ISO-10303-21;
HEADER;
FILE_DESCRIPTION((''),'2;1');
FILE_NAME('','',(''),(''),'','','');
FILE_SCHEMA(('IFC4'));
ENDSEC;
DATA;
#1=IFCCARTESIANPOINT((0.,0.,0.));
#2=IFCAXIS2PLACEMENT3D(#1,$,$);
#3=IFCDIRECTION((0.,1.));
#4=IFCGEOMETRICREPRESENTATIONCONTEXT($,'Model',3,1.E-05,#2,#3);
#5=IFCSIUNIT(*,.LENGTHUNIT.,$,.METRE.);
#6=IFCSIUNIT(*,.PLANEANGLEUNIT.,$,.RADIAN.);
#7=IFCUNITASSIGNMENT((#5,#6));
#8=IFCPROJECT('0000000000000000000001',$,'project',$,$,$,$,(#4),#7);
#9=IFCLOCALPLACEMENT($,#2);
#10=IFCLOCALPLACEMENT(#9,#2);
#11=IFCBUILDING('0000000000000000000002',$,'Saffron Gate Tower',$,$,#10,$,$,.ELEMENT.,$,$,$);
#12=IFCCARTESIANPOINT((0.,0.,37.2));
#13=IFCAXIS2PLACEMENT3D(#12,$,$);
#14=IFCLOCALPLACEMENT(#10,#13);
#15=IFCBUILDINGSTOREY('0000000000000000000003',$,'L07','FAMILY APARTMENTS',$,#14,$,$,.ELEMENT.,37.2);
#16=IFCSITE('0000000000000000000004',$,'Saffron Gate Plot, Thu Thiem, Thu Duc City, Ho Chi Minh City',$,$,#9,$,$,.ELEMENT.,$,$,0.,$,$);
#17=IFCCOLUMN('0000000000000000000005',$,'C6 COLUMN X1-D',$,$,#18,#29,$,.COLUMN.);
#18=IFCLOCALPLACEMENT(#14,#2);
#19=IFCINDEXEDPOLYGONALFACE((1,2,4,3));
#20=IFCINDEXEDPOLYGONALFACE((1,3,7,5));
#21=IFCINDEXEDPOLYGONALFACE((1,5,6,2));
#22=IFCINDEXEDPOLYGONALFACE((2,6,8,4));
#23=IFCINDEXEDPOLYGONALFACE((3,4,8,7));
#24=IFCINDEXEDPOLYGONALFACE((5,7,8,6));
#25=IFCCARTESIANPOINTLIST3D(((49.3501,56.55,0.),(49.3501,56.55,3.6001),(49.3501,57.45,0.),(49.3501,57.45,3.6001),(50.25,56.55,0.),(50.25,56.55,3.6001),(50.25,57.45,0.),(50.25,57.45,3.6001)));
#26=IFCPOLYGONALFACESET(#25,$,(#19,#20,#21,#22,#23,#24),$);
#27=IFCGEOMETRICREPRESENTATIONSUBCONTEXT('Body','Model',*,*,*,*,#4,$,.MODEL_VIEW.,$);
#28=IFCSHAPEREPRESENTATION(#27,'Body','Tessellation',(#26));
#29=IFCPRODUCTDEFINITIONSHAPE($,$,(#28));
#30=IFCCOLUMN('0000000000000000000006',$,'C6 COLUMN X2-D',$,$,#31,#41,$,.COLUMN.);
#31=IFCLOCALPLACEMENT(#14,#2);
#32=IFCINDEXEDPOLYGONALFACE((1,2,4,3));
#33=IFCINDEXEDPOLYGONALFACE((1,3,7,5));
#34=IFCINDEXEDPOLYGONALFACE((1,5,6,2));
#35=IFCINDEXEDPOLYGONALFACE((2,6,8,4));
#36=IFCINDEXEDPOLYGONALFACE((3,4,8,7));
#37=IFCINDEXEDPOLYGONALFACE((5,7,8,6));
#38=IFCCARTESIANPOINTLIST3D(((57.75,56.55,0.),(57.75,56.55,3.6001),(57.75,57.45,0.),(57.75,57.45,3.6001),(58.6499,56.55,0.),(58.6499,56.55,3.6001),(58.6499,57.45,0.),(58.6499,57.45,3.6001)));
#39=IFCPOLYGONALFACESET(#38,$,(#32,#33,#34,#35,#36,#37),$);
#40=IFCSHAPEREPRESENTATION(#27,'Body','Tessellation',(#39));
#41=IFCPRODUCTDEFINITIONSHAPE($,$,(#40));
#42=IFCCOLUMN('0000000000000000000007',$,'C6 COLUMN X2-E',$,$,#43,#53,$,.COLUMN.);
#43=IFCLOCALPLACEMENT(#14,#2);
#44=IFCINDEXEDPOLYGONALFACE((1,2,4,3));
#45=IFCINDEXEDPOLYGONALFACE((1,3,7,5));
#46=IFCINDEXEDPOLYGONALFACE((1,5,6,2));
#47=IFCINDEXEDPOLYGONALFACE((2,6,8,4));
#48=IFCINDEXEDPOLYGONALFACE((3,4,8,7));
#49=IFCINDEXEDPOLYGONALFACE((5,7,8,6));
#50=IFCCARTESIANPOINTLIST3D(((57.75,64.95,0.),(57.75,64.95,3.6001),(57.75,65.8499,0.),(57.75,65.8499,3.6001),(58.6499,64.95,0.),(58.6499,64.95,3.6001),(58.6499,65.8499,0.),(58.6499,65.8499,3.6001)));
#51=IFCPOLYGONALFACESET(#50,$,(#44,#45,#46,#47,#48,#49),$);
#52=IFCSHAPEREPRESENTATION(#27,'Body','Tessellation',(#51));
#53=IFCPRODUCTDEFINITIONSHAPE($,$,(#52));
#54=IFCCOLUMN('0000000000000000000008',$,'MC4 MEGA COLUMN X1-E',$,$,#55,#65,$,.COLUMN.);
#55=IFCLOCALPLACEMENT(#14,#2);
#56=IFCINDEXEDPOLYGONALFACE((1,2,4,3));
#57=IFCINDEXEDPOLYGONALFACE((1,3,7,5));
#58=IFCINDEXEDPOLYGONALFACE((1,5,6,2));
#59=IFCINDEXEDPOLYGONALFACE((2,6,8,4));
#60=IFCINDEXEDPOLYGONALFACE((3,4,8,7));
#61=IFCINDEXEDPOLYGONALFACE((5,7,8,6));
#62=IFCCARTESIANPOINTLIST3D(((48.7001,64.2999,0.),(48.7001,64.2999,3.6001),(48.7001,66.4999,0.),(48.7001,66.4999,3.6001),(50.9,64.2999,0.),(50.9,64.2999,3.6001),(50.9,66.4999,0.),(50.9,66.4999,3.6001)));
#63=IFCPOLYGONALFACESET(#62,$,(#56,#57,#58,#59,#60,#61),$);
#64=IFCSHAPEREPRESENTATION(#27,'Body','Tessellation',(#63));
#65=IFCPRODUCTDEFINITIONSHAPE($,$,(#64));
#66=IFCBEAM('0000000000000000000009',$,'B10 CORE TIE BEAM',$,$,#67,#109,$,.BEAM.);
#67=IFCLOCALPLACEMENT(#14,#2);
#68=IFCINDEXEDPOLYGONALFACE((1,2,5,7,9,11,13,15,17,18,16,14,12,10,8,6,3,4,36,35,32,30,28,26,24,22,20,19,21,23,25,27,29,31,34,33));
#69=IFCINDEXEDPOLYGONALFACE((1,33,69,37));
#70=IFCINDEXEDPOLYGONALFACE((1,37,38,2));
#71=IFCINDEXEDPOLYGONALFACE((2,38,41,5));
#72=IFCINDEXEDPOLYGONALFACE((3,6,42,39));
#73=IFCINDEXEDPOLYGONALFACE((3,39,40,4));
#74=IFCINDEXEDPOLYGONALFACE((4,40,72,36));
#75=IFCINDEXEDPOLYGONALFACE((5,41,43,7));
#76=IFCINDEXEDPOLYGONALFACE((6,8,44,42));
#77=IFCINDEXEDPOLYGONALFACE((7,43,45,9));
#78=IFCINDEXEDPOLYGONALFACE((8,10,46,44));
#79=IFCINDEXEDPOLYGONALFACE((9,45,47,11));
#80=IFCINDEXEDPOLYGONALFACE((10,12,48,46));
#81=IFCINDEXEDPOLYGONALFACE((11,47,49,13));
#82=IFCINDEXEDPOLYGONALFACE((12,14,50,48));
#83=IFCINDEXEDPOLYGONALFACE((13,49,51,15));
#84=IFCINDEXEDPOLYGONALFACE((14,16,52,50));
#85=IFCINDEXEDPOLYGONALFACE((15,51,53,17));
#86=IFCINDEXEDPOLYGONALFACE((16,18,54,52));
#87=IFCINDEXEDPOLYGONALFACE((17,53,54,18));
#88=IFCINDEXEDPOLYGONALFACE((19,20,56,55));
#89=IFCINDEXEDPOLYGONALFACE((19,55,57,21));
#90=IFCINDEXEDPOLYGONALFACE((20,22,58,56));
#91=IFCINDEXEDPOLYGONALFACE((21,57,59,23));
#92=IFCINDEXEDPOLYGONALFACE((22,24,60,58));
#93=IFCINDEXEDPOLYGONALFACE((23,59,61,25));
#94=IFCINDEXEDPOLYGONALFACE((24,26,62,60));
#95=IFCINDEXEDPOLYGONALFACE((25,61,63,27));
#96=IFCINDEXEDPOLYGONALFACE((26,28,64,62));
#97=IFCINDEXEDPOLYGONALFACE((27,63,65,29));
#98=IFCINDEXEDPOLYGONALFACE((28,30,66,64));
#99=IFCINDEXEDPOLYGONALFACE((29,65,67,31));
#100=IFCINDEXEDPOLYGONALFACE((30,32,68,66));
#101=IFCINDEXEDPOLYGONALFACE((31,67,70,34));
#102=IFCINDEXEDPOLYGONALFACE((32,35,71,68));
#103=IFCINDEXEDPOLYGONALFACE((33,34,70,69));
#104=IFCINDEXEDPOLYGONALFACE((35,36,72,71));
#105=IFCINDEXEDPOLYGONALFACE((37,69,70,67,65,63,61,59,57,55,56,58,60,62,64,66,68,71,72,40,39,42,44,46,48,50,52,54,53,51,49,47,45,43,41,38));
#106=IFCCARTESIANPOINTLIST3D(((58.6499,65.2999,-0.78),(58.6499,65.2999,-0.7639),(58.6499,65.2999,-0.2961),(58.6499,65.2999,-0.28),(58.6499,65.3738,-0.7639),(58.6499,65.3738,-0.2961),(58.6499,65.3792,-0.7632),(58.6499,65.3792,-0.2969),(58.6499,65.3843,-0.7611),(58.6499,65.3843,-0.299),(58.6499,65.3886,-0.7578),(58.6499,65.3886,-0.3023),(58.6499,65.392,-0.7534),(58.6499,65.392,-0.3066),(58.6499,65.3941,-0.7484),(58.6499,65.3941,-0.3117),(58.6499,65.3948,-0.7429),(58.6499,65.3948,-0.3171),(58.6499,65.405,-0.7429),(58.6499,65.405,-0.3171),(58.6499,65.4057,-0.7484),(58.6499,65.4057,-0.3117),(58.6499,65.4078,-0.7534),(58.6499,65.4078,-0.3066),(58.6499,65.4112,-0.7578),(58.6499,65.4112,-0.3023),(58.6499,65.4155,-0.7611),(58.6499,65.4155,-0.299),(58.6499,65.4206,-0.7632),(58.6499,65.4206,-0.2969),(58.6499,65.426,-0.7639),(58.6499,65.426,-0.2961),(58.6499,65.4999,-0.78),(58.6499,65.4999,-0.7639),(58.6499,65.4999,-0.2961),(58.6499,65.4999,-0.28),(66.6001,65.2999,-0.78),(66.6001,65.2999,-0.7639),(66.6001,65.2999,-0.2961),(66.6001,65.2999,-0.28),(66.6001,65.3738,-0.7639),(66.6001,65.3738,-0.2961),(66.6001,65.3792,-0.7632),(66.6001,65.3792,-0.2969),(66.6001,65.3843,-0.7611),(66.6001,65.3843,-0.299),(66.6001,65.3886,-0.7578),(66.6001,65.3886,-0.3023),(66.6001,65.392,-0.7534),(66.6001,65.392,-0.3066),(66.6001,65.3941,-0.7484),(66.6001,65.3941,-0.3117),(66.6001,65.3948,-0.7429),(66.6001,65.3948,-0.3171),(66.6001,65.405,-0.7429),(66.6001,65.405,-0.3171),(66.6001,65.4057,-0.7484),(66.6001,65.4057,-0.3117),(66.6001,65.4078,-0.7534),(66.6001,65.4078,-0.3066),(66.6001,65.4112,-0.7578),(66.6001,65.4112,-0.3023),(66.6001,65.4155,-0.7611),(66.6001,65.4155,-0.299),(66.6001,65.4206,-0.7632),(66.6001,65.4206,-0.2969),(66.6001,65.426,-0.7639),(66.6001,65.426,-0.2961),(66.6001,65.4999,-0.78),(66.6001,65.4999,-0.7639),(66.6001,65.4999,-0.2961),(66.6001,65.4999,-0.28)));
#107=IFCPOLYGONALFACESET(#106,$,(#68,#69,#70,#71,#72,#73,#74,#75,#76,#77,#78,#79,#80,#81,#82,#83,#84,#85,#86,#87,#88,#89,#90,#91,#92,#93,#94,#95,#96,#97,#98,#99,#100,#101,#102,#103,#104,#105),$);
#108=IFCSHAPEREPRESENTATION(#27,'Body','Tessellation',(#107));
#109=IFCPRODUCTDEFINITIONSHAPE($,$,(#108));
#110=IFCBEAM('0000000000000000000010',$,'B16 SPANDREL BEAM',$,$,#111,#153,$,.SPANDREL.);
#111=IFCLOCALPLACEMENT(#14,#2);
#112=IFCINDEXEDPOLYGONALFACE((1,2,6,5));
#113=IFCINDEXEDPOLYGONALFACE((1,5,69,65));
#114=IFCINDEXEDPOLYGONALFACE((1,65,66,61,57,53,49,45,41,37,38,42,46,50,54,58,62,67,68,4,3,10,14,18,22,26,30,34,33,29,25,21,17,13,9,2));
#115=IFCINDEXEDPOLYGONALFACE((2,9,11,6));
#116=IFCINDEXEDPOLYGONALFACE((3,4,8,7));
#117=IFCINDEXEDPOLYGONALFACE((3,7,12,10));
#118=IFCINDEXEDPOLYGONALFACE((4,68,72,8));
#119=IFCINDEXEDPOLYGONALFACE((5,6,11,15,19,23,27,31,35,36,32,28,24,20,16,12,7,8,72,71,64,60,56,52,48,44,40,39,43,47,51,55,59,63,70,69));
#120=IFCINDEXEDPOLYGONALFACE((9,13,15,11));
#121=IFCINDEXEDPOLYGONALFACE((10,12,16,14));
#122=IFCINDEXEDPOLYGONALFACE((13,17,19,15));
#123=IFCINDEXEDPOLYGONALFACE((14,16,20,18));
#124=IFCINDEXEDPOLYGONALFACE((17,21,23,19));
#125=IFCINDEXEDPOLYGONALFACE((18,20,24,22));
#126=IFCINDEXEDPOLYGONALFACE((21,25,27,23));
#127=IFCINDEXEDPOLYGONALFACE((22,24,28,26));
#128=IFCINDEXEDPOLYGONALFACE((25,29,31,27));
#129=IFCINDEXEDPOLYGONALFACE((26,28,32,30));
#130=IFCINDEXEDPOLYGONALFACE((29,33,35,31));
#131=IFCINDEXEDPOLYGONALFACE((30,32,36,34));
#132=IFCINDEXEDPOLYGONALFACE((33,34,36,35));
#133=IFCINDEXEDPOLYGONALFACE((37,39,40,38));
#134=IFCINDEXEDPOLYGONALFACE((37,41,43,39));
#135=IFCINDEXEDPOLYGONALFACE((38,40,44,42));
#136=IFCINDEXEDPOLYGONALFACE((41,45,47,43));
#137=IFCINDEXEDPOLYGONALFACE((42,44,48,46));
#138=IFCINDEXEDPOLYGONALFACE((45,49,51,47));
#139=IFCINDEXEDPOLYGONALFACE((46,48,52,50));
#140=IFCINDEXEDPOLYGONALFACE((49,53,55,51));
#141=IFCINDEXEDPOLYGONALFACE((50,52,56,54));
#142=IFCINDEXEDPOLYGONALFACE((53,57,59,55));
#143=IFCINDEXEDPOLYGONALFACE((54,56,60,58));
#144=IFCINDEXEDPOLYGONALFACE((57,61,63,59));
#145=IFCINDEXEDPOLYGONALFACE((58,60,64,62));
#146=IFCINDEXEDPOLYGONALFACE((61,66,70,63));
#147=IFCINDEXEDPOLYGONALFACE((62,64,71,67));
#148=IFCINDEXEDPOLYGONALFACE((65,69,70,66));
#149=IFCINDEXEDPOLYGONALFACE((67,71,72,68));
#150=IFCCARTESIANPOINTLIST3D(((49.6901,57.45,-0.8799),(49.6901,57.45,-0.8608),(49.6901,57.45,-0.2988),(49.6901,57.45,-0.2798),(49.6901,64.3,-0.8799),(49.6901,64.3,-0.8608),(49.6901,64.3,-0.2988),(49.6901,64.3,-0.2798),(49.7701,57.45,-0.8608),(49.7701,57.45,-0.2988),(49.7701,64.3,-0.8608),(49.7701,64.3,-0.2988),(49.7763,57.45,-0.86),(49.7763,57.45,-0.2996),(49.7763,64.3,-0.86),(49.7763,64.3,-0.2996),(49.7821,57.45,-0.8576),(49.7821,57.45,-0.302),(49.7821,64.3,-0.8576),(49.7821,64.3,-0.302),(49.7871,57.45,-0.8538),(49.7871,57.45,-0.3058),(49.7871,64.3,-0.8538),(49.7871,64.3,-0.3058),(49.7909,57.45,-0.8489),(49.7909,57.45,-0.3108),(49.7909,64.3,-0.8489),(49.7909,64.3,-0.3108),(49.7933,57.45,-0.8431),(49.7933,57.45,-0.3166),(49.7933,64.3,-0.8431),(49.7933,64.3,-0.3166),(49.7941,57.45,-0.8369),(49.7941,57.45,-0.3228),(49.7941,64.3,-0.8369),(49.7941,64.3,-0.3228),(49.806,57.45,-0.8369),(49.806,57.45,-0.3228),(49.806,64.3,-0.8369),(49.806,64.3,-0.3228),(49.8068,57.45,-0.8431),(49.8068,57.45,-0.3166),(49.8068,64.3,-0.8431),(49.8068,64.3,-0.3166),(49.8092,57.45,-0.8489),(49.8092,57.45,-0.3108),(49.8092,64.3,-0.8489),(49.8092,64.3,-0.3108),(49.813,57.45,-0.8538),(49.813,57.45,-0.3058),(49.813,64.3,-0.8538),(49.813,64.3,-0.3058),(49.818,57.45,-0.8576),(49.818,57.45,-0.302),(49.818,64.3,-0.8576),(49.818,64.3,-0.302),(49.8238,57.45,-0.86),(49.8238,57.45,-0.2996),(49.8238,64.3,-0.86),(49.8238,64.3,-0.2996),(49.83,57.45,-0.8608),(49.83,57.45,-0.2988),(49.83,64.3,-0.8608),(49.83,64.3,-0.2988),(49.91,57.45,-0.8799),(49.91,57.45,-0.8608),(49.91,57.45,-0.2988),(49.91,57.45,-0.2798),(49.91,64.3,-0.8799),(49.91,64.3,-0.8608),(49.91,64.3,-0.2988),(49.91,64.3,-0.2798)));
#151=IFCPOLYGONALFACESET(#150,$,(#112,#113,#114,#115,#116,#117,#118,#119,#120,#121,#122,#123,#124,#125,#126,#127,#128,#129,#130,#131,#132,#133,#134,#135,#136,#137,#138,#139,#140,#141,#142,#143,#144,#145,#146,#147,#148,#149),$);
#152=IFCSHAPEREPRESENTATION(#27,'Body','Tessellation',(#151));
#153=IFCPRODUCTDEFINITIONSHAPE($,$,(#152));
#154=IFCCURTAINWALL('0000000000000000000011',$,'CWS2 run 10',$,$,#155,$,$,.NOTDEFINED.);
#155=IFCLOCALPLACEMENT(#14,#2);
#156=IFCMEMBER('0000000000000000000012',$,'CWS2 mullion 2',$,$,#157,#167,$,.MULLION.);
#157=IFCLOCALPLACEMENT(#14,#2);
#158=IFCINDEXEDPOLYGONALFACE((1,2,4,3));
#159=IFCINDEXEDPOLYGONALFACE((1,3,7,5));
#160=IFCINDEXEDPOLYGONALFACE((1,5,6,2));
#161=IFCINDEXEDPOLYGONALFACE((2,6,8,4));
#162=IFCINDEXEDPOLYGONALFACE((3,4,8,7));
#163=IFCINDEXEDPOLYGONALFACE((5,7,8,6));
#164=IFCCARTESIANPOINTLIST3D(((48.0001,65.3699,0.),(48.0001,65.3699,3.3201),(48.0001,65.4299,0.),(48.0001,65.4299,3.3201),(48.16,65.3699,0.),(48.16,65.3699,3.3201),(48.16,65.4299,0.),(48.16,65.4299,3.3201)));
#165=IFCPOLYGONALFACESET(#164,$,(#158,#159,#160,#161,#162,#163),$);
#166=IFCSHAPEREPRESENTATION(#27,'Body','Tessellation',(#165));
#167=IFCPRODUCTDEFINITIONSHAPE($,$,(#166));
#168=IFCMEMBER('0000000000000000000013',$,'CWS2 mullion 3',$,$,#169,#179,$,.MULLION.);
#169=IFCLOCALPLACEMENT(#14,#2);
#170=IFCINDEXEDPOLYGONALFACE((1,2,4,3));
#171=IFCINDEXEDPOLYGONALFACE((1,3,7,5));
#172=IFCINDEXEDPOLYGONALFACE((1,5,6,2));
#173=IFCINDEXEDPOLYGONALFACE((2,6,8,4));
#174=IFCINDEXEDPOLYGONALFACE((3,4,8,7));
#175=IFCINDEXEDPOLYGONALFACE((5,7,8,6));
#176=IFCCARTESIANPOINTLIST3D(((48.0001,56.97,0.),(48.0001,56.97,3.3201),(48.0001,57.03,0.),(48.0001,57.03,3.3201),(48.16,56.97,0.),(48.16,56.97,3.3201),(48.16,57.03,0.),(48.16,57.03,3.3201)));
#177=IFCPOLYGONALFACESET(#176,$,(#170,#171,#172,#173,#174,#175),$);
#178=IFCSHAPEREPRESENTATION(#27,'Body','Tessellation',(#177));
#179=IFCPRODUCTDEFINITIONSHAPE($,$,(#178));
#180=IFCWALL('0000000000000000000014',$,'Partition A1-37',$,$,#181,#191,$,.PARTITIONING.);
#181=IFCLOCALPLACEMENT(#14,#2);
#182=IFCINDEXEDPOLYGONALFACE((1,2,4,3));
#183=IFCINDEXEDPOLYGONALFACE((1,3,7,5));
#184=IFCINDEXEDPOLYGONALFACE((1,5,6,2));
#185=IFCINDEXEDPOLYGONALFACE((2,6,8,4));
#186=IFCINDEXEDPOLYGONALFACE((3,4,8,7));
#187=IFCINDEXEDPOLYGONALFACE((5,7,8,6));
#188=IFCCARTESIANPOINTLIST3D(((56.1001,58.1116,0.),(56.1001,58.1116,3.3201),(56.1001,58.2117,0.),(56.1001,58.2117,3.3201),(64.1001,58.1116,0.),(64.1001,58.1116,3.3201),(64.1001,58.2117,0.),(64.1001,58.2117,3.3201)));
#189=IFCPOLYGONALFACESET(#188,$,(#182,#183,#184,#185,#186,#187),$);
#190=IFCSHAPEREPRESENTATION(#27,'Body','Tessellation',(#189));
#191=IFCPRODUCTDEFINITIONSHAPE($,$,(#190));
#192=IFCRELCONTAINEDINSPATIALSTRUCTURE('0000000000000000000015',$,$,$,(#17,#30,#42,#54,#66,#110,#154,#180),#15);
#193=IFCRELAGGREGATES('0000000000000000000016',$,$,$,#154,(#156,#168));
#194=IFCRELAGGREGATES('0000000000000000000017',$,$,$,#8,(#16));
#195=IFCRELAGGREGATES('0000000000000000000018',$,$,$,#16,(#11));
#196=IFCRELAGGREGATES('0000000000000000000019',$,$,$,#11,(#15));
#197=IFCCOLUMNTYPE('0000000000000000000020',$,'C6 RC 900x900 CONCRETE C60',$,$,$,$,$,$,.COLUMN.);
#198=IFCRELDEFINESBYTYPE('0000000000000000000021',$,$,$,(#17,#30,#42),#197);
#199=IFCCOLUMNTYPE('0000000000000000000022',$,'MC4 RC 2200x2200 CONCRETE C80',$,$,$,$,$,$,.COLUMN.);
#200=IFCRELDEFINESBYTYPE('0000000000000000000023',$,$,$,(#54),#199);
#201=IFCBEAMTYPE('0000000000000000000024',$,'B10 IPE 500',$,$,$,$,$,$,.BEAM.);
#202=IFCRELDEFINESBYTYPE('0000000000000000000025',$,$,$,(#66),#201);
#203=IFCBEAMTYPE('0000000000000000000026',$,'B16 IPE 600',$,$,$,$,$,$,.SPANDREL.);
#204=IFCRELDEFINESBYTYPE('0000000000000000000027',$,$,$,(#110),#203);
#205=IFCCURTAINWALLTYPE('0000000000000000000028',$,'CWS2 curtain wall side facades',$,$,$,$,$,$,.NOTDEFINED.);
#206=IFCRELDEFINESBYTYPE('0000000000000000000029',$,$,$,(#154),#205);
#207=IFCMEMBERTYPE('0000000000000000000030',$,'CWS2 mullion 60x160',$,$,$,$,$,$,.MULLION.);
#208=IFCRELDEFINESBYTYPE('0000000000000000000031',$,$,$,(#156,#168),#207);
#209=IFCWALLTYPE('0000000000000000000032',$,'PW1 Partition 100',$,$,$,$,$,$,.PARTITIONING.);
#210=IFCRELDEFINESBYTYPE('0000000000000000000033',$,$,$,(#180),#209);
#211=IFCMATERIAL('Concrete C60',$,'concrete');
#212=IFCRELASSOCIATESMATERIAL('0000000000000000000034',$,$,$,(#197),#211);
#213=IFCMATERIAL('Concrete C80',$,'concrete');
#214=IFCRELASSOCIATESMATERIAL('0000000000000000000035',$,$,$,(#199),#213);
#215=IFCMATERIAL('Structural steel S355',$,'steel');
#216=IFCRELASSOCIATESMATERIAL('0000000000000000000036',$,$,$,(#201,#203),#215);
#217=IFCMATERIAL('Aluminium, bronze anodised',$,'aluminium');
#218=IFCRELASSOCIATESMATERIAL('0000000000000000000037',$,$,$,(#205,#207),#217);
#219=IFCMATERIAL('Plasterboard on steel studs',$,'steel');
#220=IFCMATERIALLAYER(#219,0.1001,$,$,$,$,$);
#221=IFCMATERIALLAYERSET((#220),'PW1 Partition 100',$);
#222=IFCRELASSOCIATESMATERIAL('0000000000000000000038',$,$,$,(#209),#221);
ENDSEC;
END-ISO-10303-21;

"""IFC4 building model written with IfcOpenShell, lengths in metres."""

from ifc_helpers import new_model, si_unit, direction, frame, frame_2d, origin, origin_2d, place, context, subcontext, project, spatial, rectangle, i_section, extrude, material, layer, layer_set, material_profile, profile_set, type_object, element, aggregate, save


model = new_model("IFC4")

# Units and contexts
model_context = context("Model", 3, precision=1e-05, world=origin(), true_north=direction((0.0, 1.0)))
body_context = subcontext(model_context, "Body", "Model", "MODEL_VIEW")
ifc_project = project(units=[si_unit("LENGTHUNIT", "METRE"), si_unit("PLANEANGLEUNIT", "RADIAN")], contexts=[model_context])

# Site, building, storey
site_placement = place(None, origin())
site = spatial("IfcSite", under=ifc_project, at=site_placement, Name="Saffron Gate Plot, Thu Thiem, Thu Duc City, Ho Chi Minh City", CompositionType="ELEMENT", RefElevation=0.0)
building_placement = place(site_placement, origin())
building = spatial("IfcBuilding", under=site, at=building_placement, Name="Saffron Gate Tower", CompositionType="ELEMENT")
storey_placement = place(building_placement, frame((0.0, 0.0, 37.2)))
storey = spatial("IfcBuildingStorey", under=building, at=storey_placement, Name="L07", Description="FAMILY APARTMENTS", CompositionType="ELEMENT", Elevation=37.2)

# Columns
ifc_material_1 = material(Name="Concrete C60", Category="concrete")
ifc_material_profile_1 = material_profile(ifc_material_1, rectangle(XDim=0.8999, YDim=0.8999, at=origin_2d()))
ifc_profile_set_1 = profile_set([ifc_material_profile_1], Name="Concrete C60")
column_type_1 = type_object("IfcColumnType", Name="C6 RC 900x900 CONCRETE C60", PredefinedType="COLUMN", material=ifc_profile_set_1)
for number, where, z_axis, x_axis, name in (
    (1, (49.8, 57.0, 0.0), (0.0, 0.0, 1.0), (1.0, 0.0, 0.0), "C6 COLUMN X1-D"),
    (2, (58.2, 57.0, 0.0), (0.0, 0.0, 1.0), (1.0, 0.0, 0.0), "C6 COLUMN X2-D"),
    (3, (58.2, 65.3999, 0.0), (0.0, 0.0, 1.0), (1.0, 0.0, 0.0), "C6 COLUMN X2-E"),
):
    element("IfcColumn", number, at=place(storey_placement, frame(where, z_axis=z_axis, x_axis=x_axis)), inside=storey, type_object=column_type_1, Name=name, PredefinedType="COLUMN", context=body_context, shape_type="SweptSolid", body=[
        extrude(rectangle(XDim=0.8999, YDim=0.8999, at=origin_2d()), origin(), (0.0, 0.0, 1.0), 3.6001),
    ])
ifc_material_2 = material(Name="Concrete C80", Category="concrete")
ifc_material_profile_2 = material_profile(ifc_material_2, rectangle(XDim=2.2, YDim=2.2, at=origin_2d()))
ifc_profile_set_2 = profile_set([ifc_material_profile_2], Name="Concrete C80")
column_type_2 = type_object("IfcColumnType", Name="MC4 RC 2200x2200 CONCRETE C80", PredefinedType="COLUMN", material=ifc_profile_set_2)
column_placement = place(storey_placement, frame((49.8, 65.3999, 0.0), z_axis=(0.0, 0.0, 1.0), x_axis=(1.0, 0.0, 0.0)))
element("IfcColumn", 4, at=column_placement, inside=storey, type_object=column_type_2, Name="MC4 MEGA COLUMN X1-E", PredefinedType="COLUMN", context=body_context, shape_type="SweptSolid", body=[
    extrude(rectangle(XDim=2.2, YDim=2.2, at=origin_2d()), origin(), (0.0, 0.0, 1.0), 3.6001),
])

# Beams
ifc_material_3 = material(Name="Structural steel S355", Category="steel")
ifc_material_profile_3 = material_profile(ifc_material_3, i_section(OverallWidth=0.2, OverallDepth=0.5, WebThickness=0.0103, FlangeThickness=0.0161, FilletRadius=0.021, at=origin_2d()))
ifc_profile_set_3 = profile_set([ifc_material_profile_3], Name="Structural steel S355")
beam_type_1 = type_object("IfcBeamType", Name="B10 IPE 500", PredefinedType="BEAM", material=ifc_profile_set_3)
beam_1_placement = place(storey_placement, frame((58.6499, 65.3999, -0.53), z_axis=(1.0, 0.0, 0.0), x_axis=(0.0, 1.0, 0.0)))
element("IfcBeam", 5, at=beam_1_placement, inside=storey, type_object=beam_type_1, Name="B10 CORE TIE BEAM", PredefinedType="BEAM", context=body_context, shape_type="SweptSolid", body=[
    extrude(i_section(OverallWidth=0.2, OverallDepth=0.5, WebThickness=0.0103, FlangeThickness=0.0161, FilletRadius=0.021, at=origin_2d()), origin(), (0.0, 0.0, 1.0), 7.9502),
])
ifc_material_profile_4 = material_profile(ifc_material_3, i_section(OverallWidth=0.22, OverallDepth=0.6001, WebThickness=0.012, FlangeThickness=0.019, FilletRadius=0.0239, at=origin_2d()))
ifc_profile_set_4 = profile_set([ifc_material_profile_4], Name="Structural steel S355")
beam_type_2 = type_object("IfcBeamType", Name="B16 IPE 600", PredefinedType="SPANDREL", material=ifc_profile_set_4)
beam_2_placement = place(storey_placement, frame((49.8, 57.45, -0.5798), z_axis=(0.0, 1.0, 0.0), x_axis=(-1.0, 0.0, 0.0)))
element("IfcBeam", 6, at=beam_2_placement, inside=storey, type_object=beam_type_2, Name="B16 SPANDREL BEAM", PredefinedType="SPANDREL", context=body_context, shape_type="SweptSolid", body=[
    extrude(i_section(OverallWidth=0.22, OverallDepth=0.6001, WebThickness=0.012, FlangeThickness=0.019, FilletRadius=0.0239, at=origin_2d()), origin(), (0.0, 0.0, 1.0), 6.8501),
])

# Curtain wall, members
ifc_material_4 = material(Name="Aluminium, bronze anodised", Category="aluminium")
curtain_wall_type = type_object("IfcCurtainWallType", Name="CWS2 curtain wall side facades", PredefinedType="NOTDEFINED", material=ifc_material_4)
curtain_wall_placement = place(storey_placement, origin())
curtain_wall = element("IfcCurtainWall", 7, at=curtain_wall_placement, inside=storey, type_object=curtain_wall_type, Name="CWS2 run 10", PredefinedType="NOTDEFINED")
ifc_material_profile_5 = material_profile(ifc_material_4, rectangle(XDim=0.1599, YDim=0.0601, at=origin_2d()))
ifc_profile_set_5 = profile_set([ifc_material_profile_5], Name="Aluminium, bronze anodised")
member_type = type_object("IfcMemberType", Name="CWS2 mullion 60x160", PredefinedType="MULLION", material=ifc_profile_set_5)
member_1_placement = place(storey_placement, frame((48.0801, 65.3999, 0.0), z_axis=(0.0, 0.0, 1.0), x_axis=(1.0, 0.0, 0.0)))
member_1 = element("IfcMember", 8, at=member_1_placement, type_object=member_type, Name="CWS2 mullion 2", PredefinedType="MULLION", context=body_context, shape_type="SweptSolid", body=[
    extrude(rectangle(XDim=0.1599, YDim=0.0601, at=origin_2d()), origin(), (0.0, 0.0, 1.0), 3.3201),
])
member_2_placement = place(storey_placement, frame((48.0801, 57.0, 0.0), z_axis=(0.0, 0.0, 1.0), x_axis=(1.0, 0.0, 0.0)))
member_2 = element("IfcMember", 9, at=member_2_placement, type_object=member_type, Name="CWS2 mullion 3", PredefinedType="MULLION", context=body_context, shape_type="SweptSolid", body=[
    extrude(rectangle(XDim=0.1599, YDim=0.0601, at=origin_2d()), origin(), (0.0, 0.0, 1.0), 3.3201),
])
aggregate(curtain_wall, [member_1, member_2])

# Wall
ifc_material_5 = material(Name="Plasterboard on steel studs", Category="steel")
ifc_layer_1 = layer(ifc_material_5, 0.1001)
ifc_layer_set_1 = layer_set([ifc_layer_1], Name="PW1 Partition 100")
wall_type_1 = type_object("IfcWallType", Name="PW1 Partition 100", PredefinedType="PARTITIONING", material=ifc_layer_set_1)
wall_1_placement = place(storey_placement, frame((56.1001, 58.1616, 0.0), z_axis=(0.0, 0.0, 1.0), x_axis=(1.0, 0.0, 0.0)))
element("IfcWall", 10, at=wall_1_placement, inside=storey, type_object=wall_type_1, Name="Partition A1-37", PredefinedType="PARTITIONING", context=body_context, shape_type="SweptSolid", body=[
    extrude(rectangle(XDim=8.0, YDim=0.1001, at=frame_2d((4.0, 0.0))), origin(), (0.0, 0.0, 1.0), 3.3201),
])

save(model, "model.ifc")
